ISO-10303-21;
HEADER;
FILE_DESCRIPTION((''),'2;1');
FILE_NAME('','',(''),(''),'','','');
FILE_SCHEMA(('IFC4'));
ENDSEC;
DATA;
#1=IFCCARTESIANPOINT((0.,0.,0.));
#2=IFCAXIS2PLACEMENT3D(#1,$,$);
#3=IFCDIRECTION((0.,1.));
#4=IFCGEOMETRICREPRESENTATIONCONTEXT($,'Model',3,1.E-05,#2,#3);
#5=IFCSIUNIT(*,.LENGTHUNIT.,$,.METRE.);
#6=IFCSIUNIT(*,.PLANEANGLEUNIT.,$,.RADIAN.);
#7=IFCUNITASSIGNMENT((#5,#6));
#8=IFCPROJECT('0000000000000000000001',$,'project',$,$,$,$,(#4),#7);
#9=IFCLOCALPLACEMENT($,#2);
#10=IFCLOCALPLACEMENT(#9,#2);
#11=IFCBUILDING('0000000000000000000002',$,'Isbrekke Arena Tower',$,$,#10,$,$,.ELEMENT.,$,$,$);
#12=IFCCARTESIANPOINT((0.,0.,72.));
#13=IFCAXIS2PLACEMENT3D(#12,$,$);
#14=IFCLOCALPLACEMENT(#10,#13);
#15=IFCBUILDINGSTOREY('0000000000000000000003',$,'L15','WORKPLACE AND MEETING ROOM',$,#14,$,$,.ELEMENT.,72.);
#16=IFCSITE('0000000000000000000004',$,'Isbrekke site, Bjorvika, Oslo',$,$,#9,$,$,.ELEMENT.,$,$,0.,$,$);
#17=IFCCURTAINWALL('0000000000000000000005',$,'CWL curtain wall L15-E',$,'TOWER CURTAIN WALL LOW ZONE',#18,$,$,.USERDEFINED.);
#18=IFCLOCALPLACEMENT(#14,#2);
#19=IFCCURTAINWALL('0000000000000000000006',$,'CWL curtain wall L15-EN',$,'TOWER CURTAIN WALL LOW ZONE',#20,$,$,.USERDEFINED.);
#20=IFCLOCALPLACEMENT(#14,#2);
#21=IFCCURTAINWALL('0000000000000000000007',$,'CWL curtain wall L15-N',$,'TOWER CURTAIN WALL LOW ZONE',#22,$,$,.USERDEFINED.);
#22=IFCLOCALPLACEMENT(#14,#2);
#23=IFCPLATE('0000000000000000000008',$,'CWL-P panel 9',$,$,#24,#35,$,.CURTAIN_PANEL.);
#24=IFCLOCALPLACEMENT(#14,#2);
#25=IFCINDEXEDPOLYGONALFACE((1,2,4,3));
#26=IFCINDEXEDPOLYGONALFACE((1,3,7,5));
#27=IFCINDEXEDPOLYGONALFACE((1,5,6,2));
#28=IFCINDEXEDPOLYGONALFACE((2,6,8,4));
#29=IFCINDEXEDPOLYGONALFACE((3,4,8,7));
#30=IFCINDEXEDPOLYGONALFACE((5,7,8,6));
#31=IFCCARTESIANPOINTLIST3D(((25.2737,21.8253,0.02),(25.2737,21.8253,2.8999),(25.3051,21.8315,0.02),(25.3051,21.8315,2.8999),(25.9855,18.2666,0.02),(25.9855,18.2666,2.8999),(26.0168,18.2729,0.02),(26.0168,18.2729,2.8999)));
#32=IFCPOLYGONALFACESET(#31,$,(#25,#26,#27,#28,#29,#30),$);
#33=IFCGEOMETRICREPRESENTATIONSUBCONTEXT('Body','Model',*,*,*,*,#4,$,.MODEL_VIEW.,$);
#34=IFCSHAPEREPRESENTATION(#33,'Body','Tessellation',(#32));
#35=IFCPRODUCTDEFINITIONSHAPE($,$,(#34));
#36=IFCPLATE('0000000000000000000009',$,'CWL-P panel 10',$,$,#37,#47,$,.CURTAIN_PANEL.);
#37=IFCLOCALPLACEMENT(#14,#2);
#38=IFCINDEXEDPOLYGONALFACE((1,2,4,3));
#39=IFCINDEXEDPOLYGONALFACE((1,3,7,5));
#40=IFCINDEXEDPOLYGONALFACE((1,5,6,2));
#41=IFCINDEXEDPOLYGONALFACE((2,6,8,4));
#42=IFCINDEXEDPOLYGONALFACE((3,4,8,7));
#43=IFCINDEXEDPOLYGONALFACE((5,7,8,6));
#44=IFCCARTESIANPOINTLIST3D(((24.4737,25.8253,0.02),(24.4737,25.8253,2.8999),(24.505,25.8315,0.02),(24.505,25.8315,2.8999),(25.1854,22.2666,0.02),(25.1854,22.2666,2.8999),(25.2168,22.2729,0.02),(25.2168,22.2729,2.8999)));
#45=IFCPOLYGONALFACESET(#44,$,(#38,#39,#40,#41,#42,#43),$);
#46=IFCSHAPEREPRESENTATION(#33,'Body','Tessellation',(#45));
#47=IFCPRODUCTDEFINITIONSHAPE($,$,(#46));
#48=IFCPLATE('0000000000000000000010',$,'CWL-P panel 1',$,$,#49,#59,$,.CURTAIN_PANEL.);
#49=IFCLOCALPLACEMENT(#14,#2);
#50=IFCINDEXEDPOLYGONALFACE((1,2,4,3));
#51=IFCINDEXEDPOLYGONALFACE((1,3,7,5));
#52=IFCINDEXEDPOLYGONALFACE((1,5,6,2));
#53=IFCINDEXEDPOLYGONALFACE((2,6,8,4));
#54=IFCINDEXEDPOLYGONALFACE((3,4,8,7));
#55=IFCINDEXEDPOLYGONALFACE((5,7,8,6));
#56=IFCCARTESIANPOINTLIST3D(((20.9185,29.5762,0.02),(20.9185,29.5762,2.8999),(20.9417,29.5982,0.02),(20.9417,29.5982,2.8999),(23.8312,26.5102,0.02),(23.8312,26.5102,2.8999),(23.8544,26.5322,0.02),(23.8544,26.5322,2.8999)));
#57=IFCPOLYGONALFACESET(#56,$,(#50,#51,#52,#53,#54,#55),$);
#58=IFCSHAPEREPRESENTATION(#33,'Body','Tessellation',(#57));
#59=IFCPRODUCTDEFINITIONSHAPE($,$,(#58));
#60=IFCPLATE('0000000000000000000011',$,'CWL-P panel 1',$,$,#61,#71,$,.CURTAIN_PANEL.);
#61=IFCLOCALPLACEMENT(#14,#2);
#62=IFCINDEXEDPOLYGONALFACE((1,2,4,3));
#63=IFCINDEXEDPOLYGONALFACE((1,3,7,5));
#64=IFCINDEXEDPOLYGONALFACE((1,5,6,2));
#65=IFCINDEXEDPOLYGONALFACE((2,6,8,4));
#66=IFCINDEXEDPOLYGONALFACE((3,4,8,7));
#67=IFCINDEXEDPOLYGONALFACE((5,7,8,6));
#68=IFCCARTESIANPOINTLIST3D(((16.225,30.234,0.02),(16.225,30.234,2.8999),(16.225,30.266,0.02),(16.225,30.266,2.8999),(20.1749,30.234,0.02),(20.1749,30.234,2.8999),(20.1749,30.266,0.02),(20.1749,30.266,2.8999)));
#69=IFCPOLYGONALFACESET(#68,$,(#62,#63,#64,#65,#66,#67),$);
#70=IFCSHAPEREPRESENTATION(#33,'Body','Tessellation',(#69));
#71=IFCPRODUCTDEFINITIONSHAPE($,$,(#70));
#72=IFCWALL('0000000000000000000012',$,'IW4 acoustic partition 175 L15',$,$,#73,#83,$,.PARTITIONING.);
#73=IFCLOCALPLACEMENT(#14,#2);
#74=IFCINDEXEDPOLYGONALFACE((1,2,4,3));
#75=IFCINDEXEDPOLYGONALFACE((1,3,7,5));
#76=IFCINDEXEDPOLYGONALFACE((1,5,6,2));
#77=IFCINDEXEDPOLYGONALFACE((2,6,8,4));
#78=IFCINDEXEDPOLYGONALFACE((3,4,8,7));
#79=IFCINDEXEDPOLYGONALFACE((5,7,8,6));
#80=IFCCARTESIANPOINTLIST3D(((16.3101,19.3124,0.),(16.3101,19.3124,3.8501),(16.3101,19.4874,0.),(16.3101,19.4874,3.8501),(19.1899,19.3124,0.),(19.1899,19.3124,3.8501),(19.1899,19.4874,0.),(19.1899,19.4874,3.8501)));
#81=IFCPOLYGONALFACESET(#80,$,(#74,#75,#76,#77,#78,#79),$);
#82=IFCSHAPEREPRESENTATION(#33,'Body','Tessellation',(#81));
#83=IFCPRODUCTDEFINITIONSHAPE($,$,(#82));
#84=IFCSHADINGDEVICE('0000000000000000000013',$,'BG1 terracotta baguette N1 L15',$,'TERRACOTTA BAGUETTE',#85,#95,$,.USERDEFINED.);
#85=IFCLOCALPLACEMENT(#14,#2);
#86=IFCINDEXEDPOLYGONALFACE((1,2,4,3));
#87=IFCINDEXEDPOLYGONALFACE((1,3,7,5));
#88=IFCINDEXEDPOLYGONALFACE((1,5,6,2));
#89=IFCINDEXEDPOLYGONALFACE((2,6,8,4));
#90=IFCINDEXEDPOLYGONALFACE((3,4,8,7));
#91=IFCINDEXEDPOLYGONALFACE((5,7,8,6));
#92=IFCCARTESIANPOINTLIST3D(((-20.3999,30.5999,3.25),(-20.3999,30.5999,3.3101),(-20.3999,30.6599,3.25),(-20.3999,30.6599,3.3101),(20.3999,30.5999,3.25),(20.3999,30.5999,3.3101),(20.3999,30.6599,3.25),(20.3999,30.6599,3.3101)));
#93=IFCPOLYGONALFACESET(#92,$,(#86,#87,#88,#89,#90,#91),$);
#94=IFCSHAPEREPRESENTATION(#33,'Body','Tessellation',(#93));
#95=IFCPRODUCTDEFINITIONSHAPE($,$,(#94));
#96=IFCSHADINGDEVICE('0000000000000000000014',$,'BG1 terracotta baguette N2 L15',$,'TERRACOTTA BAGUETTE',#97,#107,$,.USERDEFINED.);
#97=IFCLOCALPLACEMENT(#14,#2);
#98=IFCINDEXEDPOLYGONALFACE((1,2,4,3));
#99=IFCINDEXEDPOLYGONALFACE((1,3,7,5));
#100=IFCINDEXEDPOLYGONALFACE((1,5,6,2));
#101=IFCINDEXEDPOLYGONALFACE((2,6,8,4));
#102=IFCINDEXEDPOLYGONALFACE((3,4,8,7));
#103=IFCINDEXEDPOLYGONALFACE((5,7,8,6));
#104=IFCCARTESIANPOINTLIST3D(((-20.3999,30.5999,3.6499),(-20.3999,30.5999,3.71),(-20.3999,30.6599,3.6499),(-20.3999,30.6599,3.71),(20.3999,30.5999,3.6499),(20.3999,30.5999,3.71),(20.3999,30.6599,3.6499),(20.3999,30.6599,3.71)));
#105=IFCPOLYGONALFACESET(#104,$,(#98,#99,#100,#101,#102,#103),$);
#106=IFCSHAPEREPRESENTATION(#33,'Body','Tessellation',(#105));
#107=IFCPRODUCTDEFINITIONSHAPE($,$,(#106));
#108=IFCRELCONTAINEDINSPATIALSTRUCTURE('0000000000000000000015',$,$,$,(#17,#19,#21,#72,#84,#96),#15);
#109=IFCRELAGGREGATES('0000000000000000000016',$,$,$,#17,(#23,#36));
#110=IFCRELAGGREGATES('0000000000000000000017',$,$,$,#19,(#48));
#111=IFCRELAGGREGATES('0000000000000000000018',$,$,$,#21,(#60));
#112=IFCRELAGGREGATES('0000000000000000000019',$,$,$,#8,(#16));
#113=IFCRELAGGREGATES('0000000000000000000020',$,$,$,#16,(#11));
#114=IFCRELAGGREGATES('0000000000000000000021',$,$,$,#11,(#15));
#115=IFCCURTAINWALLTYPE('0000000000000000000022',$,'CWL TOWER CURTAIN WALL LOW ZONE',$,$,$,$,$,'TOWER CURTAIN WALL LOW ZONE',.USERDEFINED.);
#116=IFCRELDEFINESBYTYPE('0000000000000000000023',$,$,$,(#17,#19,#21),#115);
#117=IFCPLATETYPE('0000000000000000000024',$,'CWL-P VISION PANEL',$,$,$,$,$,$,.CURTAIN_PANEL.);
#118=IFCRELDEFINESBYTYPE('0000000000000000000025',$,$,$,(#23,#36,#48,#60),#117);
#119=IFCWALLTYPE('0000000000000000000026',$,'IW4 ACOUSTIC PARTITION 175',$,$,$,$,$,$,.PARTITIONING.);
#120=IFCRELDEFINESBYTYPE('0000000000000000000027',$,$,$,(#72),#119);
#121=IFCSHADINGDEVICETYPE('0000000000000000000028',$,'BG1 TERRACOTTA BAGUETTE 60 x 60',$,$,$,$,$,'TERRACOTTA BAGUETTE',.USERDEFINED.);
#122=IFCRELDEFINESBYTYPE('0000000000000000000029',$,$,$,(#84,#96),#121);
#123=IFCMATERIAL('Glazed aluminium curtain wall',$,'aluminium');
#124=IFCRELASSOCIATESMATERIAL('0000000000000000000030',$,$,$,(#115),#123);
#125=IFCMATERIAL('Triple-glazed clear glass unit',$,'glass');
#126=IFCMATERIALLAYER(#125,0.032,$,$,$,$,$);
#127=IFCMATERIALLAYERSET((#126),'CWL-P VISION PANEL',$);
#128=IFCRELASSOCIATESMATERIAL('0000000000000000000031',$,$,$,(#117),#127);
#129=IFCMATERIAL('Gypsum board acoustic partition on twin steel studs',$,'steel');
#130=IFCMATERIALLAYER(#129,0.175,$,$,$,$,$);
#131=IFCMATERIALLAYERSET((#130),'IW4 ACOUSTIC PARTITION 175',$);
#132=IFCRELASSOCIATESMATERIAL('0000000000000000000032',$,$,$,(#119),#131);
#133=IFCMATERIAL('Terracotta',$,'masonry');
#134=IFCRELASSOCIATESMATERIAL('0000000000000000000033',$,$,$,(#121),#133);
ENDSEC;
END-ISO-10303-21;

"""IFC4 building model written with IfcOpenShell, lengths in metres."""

from ifc_helpers import new_model, si_unit, direction, frame, frame_2d, origin, origin_2d, place, context, subcontext, project, spatial, rectangle, extrude, material, layer, layer_set, material_profile, profile_set, type_object, element, aggregate, save


model = new_model("IFC4")

# Units and contexts
model_context = context("Model", 3, precision=1e-05, world=origin(), true_north=direction((0.0, 1.0)))
body_context = subcontext(model_context, "Body", "Model", "MODEL_VIEW")
ifc_project = project(units=[si_unit("LENGTHUNIT", "METRE"), si_unit("PLANEANGLEUNIT", "RADIAN")], contexts=[model_context])

# Site, building, storey
site_placement = place(None, origin())
site = spatial("IfcSite", under=ifc_project, at=site_placement, Name="Isbrekke site, Bjorvika, Oslo", CompositionType="ELEMENT", RefElevation=0.0)
building_placement = place(site_placement, origin())
building = spatial("IfcBuilding", under=site, at=building_placement, Name="Isbrekke Arena Tower", CompositionType="ELEMENT")
storey_placement = place(building_placement, frame((0.0, 0.0, 72.0)))
storey = spatial("IfcBuildingStorey", under=building, at=storey_placement, Name="L15", Description="WORKPLACE AND MEETING ROOM", CompositionType="ELEMENT", Elevation=72.0)

# Curtain walls
ifc_material_1 = material(Name="Glazed aluminium curtain wall", Category="aluminium")
curtain_wall_type = type_object("IfcCurtainWallType", Name="CWL TOWER CURTAIN WALL LOW ZONE", ElementType="TOWER CURTAIN WALL LOW ZONE", PredefinedType="USERDEFINED", material=ifc_material_1)
curtain_wall_1_placement = place(storey_placement, origin())
curtain_wall_1 = element("IfcCurtainWall", 1, at=curtain_wall_1_placement, inside=storey, type_object=curtain_wall_type, Name="CWL curtain wall L15-E", ObjectType="TOWER CURTAIN WALL LOW ZONE", PredefinedType="USERDEFINED")
curtain_wall_2_placement = place(storey_placement, origin())
curtain_wall_2 = element("IfcCurtainWall", 2, at=curtain_wall_2_placement, inside=storey, type_object=curtain_wall_type, Name="CWL curtain wall L15-EN", ObjectType="TOWER CURTAIN WALL LOW ZONE", PredefinedType="USERDEFINED")

# Curtain wall
curtain_wall_3_placement = place(storey_placement, origin())
curtain_wall_3 = element("IfcCurtainWall", 3, at=curtain_wall_3_placement, inside=storey, type_object=curtain_wall_type, Name="CWL curtain wall L15-N", ObjectType="TOWER CURTAIN WALL LOW ZONE", PredefinedType="USERDEFINED")

# Plates
ifc_material_2 = material(Name="Triple-glazed clear glass unit", Category="glass")
ifc_layer_1 = layer(ifc_material_2, 0.032)
ifc_layer_set_1 = layer_set([ifc_layer_1], Name="CWL-P VISION PANEL")
plate_type = type_object("IfcPlateType", Name="CWL-P VISION PANEL", PredefinedType="CURTAIN_PANEL", material=ifc_layer_set_1)
plate_1_placement = place(storey_placement, frame((25.6453, 20.0491, 0.02), z_axis=(0.0, 0.0, 1.0), x_axis=(-0.196116, 0.980581, 0.0)))
plate_1 = element("IfcPlate", 4, at=plate_1_placement, type_object=plate_type, Name="CWL-P panel 9", PredefinedType="CURTAIN_PANEL", context=body_context, shape_type="SweptSolid", body=[
    extrude(rectangle(XDim=3.6292, YDim=0.032, at=origin_2d()), origin(), (0.0, 0.0, 1.0), 2.8799),
])
plate_2_placement = place(storey_placement, frame((24.8452, 24.0491, 0.02), z_axis=(0.0, 0.0, 1.0), x_axis=(-0.196116, 0.980581, 0.0)))
plate_2 = element("IfcPlate", 5, at=plate_2_placement, type_object=plate_type, Name="CWL-P panel 10", PredefinedType="CURTAIN_PANEL", context=body_context, shape_type="SweptSolid", body=[
    extrude(rectangle(XDim=3.6292, YDim=0.032, at=origin_2d()), origin(), (0.0, 0.0, 1.0), 2.8799),
])
aggregate(curtain_wall_1, [plate_1, plate_2])
plate_3_placement = place(storey_placement, frame((22.3865, 28.0542, 0.02), z_axis=(0.0, 0.0, 1.0), x_axis=(-0.688749, 0.724999, 0.0)))
plate_3 = element("IfcPlate", 6, at=plate_3_placement, type_object=plate_type, Name="CWL-P panel 1", PredefinedType="CURTAIN_PANEL", context=body_context, shape_type="SweptSolid", body=[
    extrude(rectangle(XDim=4.229, YDim=0.032, at=origin_2d()), origin(), (0.0, 0.0, 1.0), 2.8799),
])
aggregate(curtain_wall_2, [plate_3])
plate_4_placement = place(storey_placement, frame((18.2, 30.25, 0.02), z_axis=(0.0, 0.0, 1.0), x_axis=(-1.0, 0.0, 0.0)))
plate_4 = element("IfcPlate", 7, at=plate_4_placement, type_object=plate_type, Name="CWL-P panel 1", PredefinedType="CURTAIN_PANEL", context=body_context, shape_type="SweptSolid", body=[
    extrude(rectangle(XDim=3.95, YDim=0.032, at=origin_2d()), origin(), (0.0, 0.0, 1.0), 2.8799),
])
aggregate(curtain_wall_3, [plate_4])

# Wall
ifc_material_3 = material(Name="Gypsum board acoustic partition on twin steel studs", Category="steel")
ifc_layer_2 = layer(ifc_material_3, 0.175)
ifc_layer_set_2 = layer_set([ifc_layer_2], Name="IW4 ACOUSTIC PARTITION 175")
wall_type = type_object("IfcWallType", Name="IW4 ACOUSTIC PARTITION 175", PredefinedType="PARTITIONING", material=ifc_layer_set_2)
wall_placement = place(storey_placement, frame((16.3101, 19.3999, 0.0), z_axis=(0.0, 0.0, 1.0), x_axis=(1.0, 0.0, 0.0)))
element("IfcWall", 8, at=wall_placement, inside=storey, type_object=wall_type, Name="IW4 acoustic partition 175 L15", PredefinedType="PARTITIONING", context=body_context, shape_type="SweptSolid", body=[
    extrude(rectangle(XDim=2.8799, YDim=0.175, at=frame_2d((1.4399, 0.0))), origin(), (0.0, 0.0, 1.0), 3.8501),
])

# Shading devices
ifc_material_4 = material(Name="Terracotta", Category="masonry")
ifc_material_profile_1 = material_profile(ifc_material_4, rectangle(XDim=0.0601, YDim=0.0601, at=origin_2d()), Name="BAGUETTE 60X60")
ifc_profile_set_1 = profile_set([ifc_material_profile_1], Name="Terracotta")
shading_device_type = type_object("IfcShadingDeviceType", Name="BG1 TERRACOTTA BAGUETTE 60 x 60", ElementType="TERRACOTTA BAGUETTE", PredefinedType="USERDEFINED", material=ifc_profile_set_1)
for number, where, z_axis, x_axis, name in (
    (9, (20.3999, 30.6299, 3.28), (-1.0, 0.0, 0.0), (0.0, -1.0, 0.0), "BG1 terracotta baguette N1 L15"),
    (10, (20.3999, 30.6299, 3.6799), (-1.0, 0.0, 0.0), (0.0, -1.0, 0.0), "BG1 terracotta baguette N2 L15"),
):
    element("IfcShadingDevice", number, at=place(storey_placement, frame(where, z_axis=z_axis, x_axis=x_axis)), inside=storey, type_object=shading_device_type, Name=name, ObjectType="TERRACOTTA BAGUETTE", PredefinedType="USERDEFINED", context=body_context, shape_type="SweptSolid", body=[
        extrude(rectangle(XDim=0.0601, YDim=0.0601, at=origin_2d()), origin(), (0.0, 0.0, 1.0), 40.7998),
    ])

save(model, "model.ifc")
